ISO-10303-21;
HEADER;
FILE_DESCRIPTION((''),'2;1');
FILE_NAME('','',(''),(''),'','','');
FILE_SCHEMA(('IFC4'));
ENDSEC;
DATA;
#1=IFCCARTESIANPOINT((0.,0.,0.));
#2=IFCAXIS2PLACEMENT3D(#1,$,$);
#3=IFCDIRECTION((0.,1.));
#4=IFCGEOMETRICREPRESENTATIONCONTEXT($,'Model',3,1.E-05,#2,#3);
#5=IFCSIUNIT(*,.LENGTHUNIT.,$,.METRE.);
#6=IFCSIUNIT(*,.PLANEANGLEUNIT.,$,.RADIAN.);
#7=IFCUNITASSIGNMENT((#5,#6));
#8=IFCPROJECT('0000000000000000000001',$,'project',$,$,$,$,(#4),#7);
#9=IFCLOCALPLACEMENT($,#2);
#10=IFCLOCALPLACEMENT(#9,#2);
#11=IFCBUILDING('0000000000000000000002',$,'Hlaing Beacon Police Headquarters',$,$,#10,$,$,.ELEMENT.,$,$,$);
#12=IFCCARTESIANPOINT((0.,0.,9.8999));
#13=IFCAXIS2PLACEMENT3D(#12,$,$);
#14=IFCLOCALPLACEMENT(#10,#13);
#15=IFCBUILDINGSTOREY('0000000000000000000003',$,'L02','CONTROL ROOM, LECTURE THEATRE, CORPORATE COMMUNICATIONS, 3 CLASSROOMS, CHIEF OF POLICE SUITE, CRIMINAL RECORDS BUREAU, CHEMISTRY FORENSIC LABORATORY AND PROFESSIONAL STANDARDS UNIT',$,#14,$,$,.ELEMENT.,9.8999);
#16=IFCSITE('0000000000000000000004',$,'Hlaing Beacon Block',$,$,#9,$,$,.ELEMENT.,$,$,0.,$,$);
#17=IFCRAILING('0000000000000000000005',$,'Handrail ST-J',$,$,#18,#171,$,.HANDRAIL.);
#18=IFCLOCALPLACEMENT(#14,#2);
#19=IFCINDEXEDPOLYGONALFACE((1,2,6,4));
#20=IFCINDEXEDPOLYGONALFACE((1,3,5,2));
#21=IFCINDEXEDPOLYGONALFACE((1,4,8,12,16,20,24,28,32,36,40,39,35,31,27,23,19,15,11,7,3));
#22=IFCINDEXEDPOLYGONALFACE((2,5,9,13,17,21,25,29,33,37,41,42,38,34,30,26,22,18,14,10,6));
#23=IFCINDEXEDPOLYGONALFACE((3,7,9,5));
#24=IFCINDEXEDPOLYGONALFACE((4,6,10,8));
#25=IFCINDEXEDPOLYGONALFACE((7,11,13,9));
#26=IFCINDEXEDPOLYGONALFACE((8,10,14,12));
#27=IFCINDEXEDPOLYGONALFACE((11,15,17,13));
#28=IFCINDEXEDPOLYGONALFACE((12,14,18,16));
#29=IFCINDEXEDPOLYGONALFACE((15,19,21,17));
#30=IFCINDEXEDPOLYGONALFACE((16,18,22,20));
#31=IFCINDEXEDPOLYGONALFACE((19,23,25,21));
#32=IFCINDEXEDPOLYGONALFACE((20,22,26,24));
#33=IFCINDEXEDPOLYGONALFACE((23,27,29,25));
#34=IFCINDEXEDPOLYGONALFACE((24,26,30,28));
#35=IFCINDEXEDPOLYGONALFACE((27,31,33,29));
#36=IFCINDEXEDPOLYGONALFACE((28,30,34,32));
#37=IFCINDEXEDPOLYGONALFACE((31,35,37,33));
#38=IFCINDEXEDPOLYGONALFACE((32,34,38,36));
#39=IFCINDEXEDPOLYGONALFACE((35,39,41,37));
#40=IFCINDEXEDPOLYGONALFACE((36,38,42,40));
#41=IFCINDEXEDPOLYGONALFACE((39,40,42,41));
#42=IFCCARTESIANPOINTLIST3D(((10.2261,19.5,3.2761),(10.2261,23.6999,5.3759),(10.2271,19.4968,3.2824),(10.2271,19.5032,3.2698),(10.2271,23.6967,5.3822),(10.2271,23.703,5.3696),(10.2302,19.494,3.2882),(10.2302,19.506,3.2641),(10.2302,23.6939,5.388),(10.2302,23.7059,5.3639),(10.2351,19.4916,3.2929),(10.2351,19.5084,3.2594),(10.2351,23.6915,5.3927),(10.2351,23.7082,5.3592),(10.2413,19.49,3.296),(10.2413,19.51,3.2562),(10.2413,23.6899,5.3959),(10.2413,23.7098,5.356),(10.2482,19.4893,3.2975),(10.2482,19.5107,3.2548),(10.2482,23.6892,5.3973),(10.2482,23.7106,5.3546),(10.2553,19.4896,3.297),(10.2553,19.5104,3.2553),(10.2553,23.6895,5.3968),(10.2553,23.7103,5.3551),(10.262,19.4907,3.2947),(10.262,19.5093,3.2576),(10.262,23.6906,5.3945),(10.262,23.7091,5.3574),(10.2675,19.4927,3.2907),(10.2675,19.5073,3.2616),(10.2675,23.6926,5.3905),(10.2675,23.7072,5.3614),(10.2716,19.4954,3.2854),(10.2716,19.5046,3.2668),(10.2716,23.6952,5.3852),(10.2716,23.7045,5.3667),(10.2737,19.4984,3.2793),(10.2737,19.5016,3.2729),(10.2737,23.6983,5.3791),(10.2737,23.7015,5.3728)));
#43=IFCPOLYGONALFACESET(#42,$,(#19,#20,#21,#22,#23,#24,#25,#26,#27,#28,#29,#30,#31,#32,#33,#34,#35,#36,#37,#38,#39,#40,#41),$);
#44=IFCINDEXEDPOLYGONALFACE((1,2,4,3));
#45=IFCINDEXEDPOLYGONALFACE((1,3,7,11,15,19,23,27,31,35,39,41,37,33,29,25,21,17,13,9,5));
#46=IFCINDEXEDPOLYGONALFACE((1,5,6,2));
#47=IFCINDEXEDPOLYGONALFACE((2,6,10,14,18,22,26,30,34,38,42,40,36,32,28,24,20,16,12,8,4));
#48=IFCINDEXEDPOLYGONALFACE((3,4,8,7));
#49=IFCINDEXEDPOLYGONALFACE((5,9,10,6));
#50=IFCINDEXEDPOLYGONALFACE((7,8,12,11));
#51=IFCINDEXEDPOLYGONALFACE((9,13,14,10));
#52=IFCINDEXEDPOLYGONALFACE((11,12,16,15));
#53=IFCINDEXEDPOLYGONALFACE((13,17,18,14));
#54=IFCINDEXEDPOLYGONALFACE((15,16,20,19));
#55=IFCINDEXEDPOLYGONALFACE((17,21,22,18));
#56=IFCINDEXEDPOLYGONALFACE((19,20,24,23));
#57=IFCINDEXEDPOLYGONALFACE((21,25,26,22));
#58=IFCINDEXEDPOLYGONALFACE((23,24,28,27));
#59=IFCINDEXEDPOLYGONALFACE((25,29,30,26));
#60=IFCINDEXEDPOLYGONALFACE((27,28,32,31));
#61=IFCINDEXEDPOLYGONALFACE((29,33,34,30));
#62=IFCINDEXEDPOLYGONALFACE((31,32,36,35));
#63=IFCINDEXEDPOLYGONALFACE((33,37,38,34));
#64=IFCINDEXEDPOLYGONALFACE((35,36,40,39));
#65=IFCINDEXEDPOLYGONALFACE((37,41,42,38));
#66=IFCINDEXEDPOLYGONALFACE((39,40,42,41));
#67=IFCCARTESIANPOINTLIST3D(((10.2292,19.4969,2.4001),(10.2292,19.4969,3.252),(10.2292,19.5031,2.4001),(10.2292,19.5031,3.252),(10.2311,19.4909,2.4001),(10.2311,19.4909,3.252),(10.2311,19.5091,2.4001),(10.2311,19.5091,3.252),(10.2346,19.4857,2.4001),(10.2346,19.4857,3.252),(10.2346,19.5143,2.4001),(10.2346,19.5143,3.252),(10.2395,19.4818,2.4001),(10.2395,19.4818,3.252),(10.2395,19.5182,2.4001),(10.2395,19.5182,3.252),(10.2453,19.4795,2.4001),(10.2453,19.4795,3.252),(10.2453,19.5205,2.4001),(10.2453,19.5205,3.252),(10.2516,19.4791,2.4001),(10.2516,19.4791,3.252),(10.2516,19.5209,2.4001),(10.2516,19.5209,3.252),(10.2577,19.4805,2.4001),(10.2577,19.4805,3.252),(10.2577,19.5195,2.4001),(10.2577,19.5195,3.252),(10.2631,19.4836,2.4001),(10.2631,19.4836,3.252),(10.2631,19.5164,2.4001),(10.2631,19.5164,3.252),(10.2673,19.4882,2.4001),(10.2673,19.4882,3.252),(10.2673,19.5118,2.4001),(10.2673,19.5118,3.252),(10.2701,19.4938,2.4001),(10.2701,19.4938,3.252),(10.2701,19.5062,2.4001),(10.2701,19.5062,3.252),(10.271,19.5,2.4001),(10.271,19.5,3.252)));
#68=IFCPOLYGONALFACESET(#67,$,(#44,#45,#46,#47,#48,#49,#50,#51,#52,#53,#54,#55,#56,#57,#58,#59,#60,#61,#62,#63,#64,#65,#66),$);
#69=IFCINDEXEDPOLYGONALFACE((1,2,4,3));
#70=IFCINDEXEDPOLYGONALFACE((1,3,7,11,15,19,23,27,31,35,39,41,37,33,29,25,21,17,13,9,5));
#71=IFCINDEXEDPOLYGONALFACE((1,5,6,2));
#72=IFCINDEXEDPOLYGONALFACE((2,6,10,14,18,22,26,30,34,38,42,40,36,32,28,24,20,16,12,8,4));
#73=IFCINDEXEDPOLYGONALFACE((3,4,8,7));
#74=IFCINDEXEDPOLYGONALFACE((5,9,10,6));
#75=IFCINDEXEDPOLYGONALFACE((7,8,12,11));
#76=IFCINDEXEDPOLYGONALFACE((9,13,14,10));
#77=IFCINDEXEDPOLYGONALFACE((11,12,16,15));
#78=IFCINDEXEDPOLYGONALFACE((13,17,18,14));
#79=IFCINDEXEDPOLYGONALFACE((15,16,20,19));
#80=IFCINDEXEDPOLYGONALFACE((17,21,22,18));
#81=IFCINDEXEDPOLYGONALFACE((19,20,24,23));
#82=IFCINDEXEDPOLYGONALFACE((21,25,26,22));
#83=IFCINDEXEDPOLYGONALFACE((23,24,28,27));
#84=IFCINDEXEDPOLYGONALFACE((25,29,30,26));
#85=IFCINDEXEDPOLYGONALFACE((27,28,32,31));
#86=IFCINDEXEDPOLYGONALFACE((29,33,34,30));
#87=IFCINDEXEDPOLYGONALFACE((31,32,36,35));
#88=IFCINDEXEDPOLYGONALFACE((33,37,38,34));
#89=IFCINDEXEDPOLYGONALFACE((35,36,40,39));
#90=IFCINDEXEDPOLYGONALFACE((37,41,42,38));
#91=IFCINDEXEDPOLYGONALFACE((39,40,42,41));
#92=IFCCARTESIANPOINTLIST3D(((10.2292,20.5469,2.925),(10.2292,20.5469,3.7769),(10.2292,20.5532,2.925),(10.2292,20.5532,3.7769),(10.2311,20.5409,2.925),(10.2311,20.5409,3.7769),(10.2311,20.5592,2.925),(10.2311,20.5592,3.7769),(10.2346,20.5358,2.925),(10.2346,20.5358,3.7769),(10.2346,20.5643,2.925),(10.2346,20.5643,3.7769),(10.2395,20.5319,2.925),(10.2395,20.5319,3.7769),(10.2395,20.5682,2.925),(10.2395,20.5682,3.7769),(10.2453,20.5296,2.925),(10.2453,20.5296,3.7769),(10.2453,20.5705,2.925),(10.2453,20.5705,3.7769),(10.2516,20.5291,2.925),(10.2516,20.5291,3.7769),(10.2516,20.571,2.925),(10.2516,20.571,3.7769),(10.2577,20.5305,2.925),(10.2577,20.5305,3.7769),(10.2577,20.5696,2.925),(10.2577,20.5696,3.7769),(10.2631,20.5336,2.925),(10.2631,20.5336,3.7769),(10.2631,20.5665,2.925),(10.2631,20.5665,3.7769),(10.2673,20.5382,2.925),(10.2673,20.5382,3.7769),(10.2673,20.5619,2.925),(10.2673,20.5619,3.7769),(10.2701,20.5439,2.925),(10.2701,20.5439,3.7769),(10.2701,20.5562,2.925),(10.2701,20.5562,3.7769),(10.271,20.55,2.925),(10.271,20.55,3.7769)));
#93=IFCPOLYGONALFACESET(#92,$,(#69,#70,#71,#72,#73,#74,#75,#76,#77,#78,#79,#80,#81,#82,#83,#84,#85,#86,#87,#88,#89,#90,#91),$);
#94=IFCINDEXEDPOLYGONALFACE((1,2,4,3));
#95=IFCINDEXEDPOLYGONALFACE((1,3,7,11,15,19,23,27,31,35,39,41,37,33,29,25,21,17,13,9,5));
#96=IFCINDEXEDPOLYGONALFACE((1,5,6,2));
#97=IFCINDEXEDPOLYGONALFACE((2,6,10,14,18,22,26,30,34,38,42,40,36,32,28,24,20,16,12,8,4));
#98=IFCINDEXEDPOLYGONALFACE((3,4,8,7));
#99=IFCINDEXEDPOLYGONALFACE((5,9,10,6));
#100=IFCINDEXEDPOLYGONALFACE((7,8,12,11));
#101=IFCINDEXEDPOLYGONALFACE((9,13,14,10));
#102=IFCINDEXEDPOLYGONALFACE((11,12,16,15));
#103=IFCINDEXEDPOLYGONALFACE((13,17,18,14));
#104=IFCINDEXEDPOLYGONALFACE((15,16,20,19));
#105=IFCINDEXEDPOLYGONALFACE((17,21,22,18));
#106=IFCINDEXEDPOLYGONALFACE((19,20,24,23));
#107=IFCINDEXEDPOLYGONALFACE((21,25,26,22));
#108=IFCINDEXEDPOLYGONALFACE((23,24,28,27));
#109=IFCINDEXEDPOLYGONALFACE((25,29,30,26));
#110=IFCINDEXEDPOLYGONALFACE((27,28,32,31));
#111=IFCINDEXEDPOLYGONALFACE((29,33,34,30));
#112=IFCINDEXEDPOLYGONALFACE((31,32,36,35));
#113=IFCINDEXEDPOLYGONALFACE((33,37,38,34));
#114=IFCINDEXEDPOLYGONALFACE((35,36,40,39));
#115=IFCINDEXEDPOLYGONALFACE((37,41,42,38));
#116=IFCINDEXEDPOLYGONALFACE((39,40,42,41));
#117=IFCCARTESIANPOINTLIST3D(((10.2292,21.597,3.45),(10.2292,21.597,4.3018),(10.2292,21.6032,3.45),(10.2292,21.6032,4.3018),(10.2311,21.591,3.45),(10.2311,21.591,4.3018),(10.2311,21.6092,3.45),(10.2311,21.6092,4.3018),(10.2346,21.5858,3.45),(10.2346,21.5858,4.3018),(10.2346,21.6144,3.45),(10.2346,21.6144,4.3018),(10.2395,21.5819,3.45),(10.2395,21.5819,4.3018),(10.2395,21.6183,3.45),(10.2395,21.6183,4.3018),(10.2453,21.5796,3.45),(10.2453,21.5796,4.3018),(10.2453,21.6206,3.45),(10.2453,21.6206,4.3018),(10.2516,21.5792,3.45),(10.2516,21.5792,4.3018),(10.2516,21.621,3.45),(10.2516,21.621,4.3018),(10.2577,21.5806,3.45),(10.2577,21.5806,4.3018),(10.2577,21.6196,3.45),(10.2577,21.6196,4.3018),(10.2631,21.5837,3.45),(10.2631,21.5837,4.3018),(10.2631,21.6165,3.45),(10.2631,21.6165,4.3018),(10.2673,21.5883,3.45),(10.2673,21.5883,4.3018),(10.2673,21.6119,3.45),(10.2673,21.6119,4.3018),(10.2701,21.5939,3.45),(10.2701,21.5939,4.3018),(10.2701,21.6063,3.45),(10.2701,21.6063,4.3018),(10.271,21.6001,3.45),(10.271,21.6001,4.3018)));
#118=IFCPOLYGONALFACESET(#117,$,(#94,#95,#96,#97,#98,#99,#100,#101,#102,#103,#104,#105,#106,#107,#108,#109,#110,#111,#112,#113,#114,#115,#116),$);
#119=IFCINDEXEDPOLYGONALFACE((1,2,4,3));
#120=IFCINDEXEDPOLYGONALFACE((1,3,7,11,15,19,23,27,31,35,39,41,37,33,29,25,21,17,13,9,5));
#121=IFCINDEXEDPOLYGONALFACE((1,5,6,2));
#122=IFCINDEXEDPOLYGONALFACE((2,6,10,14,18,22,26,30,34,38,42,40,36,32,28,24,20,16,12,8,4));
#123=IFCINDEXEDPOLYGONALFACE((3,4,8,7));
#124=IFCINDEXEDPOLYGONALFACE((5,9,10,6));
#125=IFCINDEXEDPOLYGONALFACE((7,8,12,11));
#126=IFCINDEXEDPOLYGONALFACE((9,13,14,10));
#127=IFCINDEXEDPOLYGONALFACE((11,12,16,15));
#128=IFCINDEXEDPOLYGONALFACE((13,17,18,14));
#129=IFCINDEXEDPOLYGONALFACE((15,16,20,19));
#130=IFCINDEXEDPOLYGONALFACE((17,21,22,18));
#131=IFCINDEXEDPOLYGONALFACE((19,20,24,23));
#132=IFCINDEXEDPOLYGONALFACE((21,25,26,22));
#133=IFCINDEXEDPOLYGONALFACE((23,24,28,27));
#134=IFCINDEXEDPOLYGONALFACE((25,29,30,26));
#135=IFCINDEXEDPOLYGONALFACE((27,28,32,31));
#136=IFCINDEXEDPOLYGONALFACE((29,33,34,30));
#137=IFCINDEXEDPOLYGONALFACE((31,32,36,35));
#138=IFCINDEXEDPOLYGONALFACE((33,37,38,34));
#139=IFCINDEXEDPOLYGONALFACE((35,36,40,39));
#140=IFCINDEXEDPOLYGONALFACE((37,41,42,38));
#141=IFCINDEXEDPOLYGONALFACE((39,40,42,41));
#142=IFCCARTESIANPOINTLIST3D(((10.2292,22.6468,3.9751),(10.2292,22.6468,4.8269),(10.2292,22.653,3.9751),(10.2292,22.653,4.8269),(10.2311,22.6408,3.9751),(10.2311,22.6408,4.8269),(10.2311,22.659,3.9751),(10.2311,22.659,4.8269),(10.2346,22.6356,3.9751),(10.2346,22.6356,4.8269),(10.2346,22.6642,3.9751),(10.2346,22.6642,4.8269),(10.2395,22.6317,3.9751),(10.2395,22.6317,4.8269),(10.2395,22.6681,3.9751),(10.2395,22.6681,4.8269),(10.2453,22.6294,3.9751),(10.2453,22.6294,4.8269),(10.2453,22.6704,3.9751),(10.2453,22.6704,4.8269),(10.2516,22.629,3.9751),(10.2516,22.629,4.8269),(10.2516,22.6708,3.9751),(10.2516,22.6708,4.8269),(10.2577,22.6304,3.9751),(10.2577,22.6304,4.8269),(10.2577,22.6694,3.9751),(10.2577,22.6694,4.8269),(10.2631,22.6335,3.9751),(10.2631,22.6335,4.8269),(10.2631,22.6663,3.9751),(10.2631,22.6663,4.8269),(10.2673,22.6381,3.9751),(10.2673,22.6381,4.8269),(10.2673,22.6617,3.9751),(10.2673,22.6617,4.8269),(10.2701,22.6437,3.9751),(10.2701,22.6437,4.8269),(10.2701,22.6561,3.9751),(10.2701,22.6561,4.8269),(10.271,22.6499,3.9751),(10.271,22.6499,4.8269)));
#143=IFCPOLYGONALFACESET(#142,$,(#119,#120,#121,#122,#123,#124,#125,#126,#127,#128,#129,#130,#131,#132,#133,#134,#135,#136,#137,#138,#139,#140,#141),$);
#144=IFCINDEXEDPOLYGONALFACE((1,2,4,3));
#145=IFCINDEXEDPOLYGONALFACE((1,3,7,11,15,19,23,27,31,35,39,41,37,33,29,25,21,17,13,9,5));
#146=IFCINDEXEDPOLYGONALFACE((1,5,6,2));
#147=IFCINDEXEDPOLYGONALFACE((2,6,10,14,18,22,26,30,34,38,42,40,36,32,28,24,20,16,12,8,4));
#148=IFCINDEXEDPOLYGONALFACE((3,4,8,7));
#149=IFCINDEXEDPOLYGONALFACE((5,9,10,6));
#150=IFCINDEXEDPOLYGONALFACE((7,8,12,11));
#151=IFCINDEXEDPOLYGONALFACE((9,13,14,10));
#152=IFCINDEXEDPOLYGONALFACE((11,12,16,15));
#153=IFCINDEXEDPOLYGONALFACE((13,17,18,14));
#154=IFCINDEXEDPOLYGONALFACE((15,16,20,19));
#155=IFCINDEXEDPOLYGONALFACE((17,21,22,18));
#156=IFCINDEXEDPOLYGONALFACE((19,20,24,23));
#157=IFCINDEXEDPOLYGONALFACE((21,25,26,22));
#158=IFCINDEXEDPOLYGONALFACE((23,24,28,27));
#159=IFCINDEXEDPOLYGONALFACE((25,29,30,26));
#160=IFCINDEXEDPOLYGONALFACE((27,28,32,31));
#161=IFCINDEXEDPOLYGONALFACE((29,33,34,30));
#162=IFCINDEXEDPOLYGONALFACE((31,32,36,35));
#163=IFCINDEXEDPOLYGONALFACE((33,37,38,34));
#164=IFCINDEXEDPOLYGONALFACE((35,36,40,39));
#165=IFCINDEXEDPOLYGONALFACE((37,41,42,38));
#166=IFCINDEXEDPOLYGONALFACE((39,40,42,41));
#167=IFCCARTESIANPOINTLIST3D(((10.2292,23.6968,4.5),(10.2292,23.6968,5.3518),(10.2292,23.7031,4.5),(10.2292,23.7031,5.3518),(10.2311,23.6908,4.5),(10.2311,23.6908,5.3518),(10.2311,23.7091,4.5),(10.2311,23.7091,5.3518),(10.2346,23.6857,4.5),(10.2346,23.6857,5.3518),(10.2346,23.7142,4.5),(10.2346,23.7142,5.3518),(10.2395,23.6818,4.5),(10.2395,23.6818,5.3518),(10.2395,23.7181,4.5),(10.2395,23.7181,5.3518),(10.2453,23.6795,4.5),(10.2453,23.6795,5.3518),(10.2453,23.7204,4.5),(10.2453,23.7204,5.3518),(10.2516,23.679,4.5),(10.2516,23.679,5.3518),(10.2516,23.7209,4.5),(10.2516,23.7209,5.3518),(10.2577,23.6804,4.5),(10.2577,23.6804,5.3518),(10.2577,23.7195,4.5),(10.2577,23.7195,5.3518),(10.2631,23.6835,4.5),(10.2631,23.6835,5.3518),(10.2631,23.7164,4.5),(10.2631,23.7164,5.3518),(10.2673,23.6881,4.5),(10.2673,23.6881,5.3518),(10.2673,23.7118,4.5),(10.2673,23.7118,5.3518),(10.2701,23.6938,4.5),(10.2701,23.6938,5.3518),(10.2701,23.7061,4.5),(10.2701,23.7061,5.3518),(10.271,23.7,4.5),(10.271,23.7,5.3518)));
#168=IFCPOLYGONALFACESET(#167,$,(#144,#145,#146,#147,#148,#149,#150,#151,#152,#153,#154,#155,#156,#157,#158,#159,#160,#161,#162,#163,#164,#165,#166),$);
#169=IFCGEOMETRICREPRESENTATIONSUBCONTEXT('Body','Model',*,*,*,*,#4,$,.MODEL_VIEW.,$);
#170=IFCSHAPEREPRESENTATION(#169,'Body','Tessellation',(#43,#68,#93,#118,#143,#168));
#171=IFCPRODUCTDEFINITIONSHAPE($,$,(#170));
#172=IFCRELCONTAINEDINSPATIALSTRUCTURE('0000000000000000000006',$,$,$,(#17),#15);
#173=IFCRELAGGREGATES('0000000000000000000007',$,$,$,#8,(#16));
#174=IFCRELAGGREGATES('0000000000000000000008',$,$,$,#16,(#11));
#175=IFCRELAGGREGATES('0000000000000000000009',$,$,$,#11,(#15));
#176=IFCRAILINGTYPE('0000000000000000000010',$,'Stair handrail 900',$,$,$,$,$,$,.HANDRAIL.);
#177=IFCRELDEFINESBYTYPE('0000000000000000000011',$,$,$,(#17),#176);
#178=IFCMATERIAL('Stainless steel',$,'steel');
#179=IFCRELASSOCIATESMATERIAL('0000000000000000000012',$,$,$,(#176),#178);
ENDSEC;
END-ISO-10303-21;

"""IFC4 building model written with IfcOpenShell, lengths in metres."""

from ifc_helpers import new_model, si_unit, direction, frame, origin, origin_2d, place, context, subcontext, project, spatial, circle, extrude, material, type_object, element, save


model = new_model("IFC4")

# Units and contexts
model_context = context("Model", 3, precision=1e-05, world=origin(), true_north=direction((0.0, 1.0)))
body_context = subcontext(model_context, "Body", "Model", "MODEL_VIEW")
ifc_project = project(units=[si_unit("LENGTHUNIT", "METRE"), si_unit("PLANEANGLEUNIT", "RADIAN")], contexts=[model_context])

# Site, building, storey
site_placement = place(None, origin())
site = spatial("IfcSite", under=ifc_project, at=site_placement, Name="Hlaing Beacon Block", CompositionType="ELEMENT", RefElevation=0.0)
building_placement = place(site_placement, origin())
building = spatial("IfcBuilding", under=site, at=building_placement, Name="Hlaing Beacon Police Headquarters", CompositionType="ELEMENT")
storey_placement = place(building_placement, frame((0.0, 0.0, 9.8999)))
storey = spatial("IfcBuildingStorey", under=building, at=storey_placement, Name="L02", Description="CONTROL ROOM, LECTURE THEATRE, CORPORATE COMMUNICATIONS, 3 CLASSROOMS, CHIEF OF POLICE SUITE, CRIMINAL RECORDS BUREAU, CHEMISTRY FORENSIC LABORATORY AND PROFESSIONAL STANDARDS UNIT", CompositionType="ELEMENT", Elevation=9.8999)

# Railing
ifc_material_1 = material(Name="Stainless steel", Category="steel")
railing_type_1 = type_object("IfcRailingType", Name="Stair handrail 900", PredefinedType="HANDRAIL", material=ifc_material_1)
for number, where, name in (
    (1, (10.25, 19.5, 2.4001), "Handrail ST-J"),
):
    element("IfcRailing", number, at=place(storey_placement, frame(where)), inside=storey, type_object=railing_type_1, Name=name, PredefinedType="HANDRAIL", context=body_context, shape_type="SweptSolid", body=[
        extrude(circle(Radius=0.0239, at=origin_2d()), frame((0.0, 0.0, 0.876), z_axis=(0.0, 0.894438, 0.447193), x_axis=(-1.0, 0.0, 0.0)), (0.0, 0.0, 1.0), 4.6956),
        extrude(circle(Radius=0.021, at=origin_2d()), origin(), (0.0, 0.0, 1.0), 0.8518),
        extrude(circle(Radius=0.021, at=origin_2d()), frame((0.0, 1.05, 0.5249)), (0.0, 0.0, 1.0), 0.8518),
        extrude(circle(Radius=0.021, at=origin_2d()), frame((0.0, 2.1001, 1.0498)), (0.0, 0.0, 1.0), 0.8518),
        extrude(circle(Radius=0.021, at=origin_2d()), frame((0.0, 3.1499, 1.575)), (0.0, 0.0, 1.0), 0.8518),
        extrude(circle(Radius=0.021, at=origin_2d()), frame((0.0, 4.2, 2.0999)), (0.0, 0.0, 1.0), 0.8518),
    ])

save(model, "model.ifc")
